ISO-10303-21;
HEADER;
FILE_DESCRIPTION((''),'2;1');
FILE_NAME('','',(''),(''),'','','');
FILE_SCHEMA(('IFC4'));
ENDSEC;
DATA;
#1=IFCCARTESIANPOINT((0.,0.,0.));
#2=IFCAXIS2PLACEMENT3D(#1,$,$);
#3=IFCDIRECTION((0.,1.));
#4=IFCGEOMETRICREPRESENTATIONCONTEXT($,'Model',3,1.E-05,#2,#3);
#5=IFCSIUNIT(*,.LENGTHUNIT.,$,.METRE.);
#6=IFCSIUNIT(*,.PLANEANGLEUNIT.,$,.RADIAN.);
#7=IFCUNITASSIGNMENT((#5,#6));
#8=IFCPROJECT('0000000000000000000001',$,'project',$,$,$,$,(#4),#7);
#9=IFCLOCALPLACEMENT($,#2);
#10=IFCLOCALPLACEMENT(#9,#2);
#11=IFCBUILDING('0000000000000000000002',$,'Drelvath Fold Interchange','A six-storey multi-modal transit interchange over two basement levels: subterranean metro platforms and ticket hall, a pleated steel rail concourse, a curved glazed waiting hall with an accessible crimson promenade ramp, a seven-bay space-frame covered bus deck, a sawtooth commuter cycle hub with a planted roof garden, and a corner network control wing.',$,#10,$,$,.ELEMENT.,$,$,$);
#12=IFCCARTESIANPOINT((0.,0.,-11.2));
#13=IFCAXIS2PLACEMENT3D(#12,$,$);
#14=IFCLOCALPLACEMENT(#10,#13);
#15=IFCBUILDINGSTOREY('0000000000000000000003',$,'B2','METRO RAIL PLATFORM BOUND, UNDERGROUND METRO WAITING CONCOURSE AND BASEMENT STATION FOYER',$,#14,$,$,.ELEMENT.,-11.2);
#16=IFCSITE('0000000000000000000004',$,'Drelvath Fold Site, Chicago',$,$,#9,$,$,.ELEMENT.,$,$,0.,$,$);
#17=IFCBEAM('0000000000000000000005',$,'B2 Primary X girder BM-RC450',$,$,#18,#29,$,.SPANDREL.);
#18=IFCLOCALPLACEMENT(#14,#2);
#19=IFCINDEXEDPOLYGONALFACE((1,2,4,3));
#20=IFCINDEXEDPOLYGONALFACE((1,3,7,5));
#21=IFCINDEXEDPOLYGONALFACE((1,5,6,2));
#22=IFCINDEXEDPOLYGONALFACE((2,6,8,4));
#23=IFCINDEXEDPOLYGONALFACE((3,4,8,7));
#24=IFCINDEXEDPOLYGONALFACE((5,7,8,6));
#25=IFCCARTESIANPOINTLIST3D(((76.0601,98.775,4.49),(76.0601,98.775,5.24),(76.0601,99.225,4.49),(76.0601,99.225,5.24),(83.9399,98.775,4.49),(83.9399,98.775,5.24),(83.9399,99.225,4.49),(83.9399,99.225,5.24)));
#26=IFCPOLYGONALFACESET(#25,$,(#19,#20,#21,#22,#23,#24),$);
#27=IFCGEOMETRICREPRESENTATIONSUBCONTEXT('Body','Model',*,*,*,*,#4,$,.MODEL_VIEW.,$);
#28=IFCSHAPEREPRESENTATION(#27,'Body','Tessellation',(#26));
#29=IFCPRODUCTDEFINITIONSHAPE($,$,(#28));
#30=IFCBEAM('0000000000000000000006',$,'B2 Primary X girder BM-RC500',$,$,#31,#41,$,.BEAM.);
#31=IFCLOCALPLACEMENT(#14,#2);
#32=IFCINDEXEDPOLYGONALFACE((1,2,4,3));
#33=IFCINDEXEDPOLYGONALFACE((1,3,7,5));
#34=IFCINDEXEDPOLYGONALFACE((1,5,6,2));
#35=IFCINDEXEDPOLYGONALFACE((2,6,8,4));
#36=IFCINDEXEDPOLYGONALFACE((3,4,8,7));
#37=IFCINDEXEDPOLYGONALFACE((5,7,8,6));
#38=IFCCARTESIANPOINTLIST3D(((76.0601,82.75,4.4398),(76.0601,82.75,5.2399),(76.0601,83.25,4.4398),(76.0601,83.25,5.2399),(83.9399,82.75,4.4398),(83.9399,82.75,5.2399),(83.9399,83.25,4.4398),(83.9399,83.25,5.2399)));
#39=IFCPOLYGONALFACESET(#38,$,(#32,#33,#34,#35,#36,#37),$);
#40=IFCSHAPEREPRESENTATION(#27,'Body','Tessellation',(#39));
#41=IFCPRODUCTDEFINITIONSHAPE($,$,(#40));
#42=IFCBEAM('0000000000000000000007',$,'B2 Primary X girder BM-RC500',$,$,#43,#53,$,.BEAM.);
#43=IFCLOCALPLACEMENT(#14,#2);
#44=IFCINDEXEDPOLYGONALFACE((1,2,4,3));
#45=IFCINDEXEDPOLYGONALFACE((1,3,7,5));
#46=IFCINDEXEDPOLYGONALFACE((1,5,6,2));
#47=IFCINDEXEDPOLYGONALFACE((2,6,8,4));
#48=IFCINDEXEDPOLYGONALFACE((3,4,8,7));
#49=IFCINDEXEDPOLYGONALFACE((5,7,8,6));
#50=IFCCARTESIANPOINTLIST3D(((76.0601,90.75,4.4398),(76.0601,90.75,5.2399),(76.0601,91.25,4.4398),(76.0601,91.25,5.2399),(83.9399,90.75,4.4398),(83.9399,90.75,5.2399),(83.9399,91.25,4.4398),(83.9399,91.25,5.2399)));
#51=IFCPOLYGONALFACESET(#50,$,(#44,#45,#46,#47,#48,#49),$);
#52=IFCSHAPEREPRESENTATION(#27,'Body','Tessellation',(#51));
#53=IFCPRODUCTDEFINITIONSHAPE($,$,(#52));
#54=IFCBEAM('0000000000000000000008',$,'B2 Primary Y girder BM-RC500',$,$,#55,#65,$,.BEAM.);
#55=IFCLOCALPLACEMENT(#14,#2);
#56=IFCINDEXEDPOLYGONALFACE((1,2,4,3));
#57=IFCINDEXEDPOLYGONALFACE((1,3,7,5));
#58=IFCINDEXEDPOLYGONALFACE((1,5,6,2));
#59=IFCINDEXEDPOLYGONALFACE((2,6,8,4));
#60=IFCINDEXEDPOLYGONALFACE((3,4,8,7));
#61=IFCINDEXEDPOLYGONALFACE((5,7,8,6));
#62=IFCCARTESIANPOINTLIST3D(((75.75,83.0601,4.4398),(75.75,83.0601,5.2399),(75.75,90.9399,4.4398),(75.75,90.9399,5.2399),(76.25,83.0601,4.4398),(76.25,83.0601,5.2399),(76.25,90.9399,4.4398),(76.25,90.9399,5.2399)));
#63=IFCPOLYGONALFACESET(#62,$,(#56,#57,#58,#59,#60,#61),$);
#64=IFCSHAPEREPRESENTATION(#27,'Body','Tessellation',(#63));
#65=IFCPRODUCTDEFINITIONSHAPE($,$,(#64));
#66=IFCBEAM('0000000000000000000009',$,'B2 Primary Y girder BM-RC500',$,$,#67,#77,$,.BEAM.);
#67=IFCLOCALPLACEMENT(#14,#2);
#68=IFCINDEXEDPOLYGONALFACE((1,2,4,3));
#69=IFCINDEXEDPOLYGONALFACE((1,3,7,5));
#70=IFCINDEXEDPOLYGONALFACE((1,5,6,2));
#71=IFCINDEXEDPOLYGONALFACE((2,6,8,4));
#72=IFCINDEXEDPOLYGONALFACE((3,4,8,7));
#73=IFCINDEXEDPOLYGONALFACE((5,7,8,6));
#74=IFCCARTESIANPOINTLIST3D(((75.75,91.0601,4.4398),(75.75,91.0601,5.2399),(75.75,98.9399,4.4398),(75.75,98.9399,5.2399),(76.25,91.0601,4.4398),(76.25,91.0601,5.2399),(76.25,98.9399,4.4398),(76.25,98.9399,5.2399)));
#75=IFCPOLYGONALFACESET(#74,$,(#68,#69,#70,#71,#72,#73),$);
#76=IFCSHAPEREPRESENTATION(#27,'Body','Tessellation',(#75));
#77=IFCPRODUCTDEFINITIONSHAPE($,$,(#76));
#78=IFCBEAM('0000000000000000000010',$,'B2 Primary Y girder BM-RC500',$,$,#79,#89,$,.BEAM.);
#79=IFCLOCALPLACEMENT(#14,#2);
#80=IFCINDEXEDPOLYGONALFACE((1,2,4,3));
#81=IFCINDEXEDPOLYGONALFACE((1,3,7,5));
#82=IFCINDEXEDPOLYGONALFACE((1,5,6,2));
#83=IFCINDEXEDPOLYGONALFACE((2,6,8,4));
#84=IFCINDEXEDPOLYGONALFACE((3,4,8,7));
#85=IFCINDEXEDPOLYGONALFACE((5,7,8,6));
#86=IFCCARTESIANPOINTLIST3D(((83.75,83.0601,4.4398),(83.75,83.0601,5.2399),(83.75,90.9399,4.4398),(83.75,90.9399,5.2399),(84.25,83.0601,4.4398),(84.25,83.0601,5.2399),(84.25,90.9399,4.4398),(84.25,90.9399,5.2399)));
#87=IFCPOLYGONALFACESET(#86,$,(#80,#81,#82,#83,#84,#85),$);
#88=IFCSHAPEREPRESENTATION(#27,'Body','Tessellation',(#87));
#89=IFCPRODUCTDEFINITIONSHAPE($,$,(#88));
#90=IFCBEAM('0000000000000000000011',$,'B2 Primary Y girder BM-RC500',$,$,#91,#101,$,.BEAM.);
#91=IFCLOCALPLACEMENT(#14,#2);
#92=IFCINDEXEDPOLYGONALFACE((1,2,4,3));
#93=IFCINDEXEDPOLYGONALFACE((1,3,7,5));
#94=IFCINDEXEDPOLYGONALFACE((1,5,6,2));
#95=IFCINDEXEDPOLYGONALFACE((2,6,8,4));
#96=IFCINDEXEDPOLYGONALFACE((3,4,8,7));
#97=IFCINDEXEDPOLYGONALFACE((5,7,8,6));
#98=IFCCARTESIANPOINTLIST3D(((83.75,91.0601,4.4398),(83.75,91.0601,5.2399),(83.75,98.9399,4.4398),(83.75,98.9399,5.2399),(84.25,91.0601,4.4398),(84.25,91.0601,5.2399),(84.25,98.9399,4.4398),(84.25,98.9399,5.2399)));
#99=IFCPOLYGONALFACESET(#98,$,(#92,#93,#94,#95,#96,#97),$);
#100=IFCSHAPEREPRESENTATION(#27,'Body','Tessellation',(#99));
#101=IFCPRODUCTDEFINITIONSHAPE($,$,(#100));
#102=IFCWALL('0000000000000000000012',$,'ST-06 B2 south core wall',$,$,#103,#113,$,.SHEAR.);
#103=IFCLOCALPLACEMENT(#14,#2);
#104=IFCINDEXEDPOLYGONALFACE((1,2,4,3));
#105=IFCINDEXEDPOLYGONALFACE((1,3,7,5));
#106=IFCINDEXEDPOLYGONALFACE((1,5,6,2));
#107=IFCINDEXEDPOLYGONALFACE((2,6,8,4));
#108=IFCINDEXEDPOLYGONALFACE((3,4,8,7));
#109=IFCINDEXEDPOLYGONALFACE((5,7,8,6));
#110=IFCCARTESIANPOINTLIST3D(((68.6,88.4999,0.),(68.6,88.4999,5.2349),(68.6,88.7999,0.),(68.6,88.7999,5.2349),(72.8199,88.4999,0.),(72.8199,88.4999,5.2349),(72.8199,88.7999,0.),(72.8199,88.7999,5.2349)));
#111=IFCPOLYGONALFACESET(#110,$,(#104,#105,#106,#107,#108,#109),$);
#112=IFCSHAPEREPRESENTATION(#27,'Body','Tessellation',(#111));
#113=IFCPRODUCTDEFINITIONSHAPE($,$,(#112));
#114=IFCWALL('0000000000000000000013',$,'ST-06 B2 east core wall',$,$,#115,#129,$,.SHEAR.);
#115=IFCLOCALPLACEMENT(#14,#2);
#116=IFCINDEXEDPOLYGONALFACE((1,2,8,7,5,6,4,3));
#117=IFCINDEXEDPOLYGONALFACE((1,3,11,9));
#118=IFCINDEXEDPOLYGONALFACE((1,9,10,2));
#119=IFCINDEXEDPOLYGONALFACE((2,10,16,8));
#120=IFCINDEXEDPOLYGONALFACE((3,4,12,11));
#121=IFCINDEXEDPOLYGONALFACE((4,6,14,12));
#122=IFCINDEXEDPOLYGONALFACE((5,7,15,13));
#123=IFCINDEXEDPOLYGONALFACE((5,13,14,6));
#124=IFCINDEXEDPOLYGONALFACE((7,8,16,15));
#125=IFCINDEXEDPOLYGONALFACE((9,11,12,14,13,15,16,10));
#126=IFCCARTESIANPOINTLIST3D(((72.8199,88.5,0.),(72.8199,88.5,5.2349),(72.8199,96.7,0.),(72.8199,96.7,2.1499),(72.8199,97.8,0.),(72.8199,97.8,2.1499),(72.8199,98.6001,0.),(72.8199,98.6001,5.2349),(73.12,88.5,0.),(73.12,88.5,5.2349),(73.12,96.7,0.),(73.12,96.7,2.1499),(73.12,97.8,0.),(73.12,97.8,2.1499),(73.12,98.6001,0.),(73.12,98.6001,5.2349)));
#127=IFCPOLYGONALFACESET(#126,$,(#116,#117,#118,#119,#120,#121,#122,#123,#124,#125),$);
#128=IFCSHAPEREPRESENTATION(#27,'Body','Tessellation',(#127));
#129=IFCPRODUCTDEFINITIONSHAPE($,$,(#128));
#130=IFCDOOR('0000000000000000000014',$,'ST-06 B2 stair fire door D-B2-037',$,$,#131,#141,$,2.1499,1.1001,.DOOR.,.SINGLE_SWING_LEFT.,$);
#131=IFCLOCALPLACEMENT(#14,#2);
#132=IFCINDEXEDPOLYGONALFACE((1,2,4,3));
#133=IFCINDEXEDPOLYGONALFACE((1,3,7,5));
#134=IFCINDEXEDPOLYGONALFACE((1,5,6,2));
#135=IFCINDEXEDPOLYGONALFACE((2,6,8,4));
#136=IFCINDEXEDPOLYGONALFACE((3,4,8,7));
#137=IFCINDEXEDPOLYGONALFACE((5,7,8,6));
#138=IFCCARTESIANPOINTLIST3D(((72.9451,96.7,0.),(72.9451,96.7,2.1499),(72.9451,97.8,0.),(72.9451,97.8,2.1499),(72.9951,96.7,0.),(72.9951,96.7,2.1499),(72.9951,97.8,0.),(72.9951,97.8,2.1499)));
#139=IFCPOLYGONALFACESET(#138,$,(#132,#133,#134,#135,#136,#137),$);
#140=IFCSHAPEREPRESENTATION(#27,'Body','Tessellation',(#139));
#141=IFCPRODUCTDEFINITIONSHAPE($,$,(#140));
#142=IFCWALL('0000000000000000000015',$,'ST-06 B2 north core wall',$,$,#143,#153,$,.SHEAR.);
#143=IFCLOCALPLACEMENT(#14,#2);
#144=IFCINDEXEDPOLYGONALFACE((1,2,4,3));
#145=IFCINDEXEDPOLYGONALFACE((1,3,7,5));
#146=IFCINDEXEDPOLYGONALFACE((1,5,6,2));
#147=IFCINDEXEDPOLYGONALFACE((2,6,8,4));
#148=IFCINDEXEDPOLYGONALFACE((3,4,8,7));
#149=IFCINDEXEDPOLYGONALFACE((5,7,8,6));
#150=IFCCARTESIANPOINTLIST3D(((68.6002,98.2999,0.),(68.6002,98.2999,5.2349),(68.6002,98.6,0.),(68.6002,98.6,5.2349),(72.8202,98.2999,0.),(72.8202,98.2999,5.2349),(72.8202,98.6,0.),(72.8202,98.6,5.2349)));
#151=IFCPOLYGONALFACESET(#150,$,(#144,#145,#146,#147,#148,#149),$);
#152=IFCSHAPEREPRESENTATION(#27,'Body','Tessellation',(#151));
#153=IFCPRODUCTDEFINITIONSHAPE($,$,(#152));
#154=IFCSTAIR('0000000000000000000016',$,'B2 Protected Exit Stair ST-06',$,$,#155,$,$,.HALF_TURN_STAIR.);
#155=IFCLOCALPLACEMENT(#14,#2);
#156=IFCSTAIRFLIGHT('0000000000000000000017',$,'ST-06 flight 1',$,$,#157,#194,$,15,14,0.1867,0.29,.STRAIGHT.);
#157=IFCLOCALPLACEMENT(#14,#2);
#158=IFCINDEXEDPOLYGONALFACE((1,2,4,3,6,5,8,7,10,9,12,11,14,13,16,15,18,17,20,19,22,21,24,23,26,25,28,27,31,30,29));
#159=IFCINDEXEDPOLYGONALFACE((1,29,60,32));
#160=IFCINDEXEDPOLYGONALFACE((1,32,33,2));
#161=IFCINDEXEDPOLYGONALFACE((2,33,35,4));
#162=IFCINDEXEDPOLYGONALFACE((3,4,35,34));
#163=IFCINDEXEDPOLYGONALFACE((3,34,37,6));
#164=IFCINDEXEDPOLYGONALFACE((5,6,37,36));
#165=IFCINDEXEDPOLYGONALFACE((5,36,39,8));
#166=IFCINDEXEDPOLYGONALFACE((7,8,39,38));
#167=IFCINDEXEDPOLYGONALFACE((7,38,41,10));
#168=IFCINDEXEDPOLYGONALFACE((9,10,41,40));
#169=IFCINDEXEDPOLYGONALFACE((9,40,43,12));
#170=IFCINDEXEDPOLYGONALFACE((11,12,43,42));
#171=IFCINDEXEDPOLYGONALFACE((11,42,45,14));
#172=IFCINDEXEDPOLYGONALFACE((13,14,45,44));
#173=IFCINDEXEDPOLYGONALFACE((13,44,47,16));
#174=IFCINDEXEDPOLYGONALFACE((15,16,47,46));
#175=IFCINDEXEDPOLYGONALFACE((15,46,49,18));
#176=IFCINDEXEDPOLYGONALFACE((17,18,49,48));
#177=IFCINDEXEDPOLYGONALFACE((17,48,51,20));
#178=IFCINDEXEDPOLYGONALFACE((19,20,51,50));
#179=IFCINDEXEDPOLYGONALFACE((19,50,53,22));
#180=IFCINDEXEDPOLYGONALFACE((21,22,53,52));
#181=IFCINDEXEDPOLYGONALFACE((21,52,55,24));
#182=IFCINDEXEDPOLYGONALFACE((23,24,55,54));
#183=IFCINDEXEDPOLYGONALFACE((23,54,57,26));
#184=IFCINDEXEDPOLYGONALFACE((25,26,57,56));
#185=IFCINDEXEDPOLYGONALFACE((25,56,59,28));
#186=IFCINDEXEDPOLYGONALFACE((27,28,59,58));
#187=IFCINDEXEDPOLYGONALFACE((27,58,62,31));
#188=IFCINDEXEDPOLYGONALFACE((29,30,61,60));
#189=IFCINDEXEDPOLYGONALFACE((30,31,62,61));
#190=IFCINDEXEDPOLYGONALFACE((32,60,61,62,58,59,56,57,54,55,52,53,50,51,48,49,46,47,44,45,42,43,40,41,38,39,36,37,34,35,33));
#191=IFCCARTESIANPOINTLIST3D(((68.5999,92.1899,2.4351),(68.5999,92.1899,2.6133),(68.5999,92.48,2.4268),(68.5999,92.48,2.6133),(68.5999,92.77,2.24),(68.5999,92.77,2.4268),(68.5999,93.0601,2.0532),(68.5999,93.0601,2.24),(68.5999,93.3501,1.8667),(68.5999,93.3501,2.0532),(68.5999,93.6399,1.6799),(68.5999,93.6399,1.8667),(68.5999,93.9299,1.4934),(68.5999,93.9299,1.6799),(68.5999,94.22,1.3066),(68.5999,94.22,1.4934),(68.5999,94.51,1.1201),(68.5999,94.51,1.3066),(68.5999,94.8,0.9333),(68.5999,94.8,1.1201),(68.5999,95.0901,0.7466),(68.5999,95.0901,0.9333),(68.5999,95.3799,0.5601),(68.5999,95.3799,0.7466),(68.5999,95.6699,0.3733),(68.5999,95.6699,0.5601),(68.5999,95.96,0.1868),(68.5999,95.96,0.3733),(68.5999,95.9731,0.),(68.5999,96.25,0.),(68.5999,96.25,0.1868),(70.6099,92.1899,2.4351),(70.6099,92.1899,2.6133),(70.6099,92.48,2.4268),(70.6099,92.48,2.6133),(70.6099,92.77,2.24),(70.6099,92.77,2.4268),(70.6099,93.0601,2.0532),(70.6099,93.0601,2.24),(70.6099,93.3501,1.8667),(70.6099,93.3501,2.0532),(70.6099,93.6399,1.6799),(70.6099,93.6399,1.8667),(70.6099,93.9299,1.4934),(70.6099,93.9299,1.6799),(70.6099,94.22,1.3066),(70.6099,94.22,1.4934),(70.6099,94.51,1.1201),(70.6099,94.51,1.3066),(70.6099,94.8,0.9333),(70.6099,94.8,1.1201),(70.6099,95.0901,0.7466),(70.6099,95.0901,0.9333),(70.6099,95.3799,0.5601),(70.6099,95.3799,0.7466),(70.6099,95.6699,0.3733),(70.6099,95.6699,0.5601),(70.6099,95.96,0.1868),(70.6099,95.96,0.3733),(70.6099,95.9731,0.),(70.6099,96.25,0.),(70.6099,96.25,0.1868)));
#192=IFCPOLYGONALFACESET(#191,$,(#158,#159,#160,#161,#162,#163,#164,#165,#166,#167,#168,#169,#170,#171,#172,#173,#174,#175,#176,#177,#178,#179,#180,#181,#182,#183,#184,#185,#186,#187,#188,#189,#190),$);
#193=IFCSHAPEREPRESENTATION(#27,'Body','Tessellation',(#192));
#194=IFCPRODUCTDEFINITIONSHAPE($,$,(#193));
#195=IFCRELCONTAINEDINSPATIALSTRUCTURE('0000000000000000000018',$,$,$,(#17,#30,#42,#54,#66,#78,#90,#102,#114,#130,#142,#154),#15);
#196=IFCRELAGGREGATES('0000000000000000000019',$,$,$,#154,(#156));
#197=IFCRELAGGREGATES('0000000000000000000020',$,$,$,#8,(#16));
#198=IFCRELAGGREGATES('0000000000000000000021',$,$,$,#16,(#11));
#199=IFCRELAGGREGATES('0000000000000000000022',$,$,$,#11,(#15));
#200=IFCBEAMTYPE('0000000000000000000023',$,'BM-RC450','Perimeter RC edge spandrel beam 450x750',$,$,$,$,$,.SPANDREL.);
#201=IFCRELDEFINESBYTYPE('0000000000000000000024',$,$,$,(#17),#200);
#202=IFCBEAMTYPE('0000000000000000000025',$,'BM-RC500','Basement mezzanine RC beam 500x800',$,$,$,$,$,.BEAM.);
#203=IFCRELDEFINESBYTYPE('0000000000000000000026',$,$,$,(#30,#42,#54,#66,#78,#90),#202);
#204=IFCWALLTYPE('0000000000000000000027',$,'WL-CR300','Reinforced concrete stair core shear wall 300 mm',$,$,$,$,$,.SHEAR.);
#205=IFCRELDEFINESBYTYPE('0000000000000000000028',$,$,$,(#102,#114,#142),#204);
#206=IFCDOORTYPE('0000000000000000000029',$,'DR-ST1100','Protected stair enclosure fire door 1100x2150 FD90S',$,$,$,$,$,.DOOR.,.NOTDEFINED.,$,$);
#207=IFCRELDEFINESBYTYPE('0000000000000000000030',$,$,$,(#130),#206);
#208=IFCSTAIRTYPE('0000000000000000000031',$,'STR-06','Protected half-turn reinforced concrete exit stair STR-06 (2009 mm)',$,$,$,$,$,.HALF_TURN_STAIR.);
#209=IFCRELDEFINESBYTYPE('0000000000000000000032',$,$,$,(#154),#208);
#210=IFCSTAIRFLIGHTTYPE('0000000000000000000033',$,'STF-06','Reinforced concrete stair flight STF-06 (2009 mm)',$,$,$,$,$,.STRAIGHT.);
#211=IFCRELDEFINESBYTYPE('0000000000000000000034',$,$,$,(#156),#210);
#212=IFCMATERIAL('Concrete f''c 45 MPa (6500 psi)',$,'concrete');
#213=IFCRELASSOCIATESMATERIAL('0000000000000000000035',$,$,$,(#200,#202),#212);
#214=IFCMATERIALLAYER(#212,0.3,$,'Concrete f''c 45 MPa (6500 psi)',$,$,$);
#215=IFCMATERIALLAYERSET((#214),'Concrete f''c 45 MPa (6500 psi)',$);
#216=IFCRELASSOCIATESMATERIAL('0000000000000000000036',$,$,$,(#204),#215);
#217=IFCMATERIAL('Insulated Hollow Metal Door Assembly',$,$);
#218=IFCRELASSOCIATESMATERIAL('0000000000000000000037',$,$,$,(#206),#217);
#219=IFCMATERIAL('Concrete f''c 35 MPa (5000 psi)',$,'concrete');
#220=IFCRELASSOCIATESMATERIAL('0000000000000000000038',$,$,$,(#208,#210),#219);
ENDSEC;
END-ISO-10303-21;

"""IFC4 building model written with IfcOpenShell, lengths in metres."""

from ifc_helpers import new_model, si_unit, direction, frame, frame_2d, origin, origin_2d, place, context, subcontext, project, spatial, polyline, rectangle, outline, extrude, material, layer, layer_set, material_profile, profile_set, type_object, element, fill, aggregate, save


model = new_model("IFC4")

# Units and contexts
model_context = context("Model", 3, precision=1e-05, world=origin(), true_north=direction((0.0, 1.0)))
body_context = subcontext(model_context, "Body", "Model", "MODEL_VIEW")
ifc_project = project(units=[si_unit("LENGTHUNIT", "METRE"), si_unit("PLANEANGLEUNIT", "RADIAN")], contexts=[model_context])

# Site, building, storey
site_placement = place(None, origin())
site = spatial("IfcSite", under=ifc_project, at=site_placement, Name="Drelvath Fold Site, Chicago", CompositionType="ELEMENT", RefElevation=0.0)
building_placement = place(site_placement, origin())
building = spatial("IfcBuilding", under=site, at=building_placement, Name="Drelvath Fold Interchange", Description="A six-storey multi-modal transit interchange over two basement levels: subterranean metro platforms and ticket hall, a pleated steel rail concourse, a curved glazed waiting hall with an accessible crimson promenade ramp, a seven-bay space-frame covered bus deck, a sawtooth commuter cycle hub with a planted roof garden, and a corner network control wing.", CompositionType="ELEMENT")
storey_placement = place(building_placement, frame((0.0, 0.0, -11.2)))
storey = spatial("IfcBuildingStorey", under=building, at=storey_placement, Name="B2", Description="METRO RAIL PLATFORM BOUND, UNDERGROUND METRO WAITING CONCOURSE AND BASEMENT STATION FOYER", CompositionType="ELEMENT", Elevation=-11.2)

# Beams
ifc_material_1 = material(Name="Concrete f'c 45 MPa (6500 psi)", Category="concrete")
ifc_material_profile_1 = material_profile(ifc_material_1, rectangle(XDim=0.45, YDim=0.75, at=origin_2d()), Name="RC 450x750")
ifc_profile_set_1 = profile_set([ifc_material_profile_1], Name="Concrete f'c 45 MPa (6500 psi)")
beam_type_1 = type_object("IfcBeamType", Name="BM-RC450", Description="Perimeter RC edge spandrel beam 450x750", PredefinedType="SPANDREL", material=ifc_profile_set_1)
beam_placement = place(storey_placement, frame((76.0601, 99.0, 4.865), z_axis=(1.0, 0.0, 0.0), x_axis=(0.0, 1.0, 0.0)))
element("IfcBeam", 1, at=beam_placement, inside=storey, type_object=beam_type_1, Name="B2 Primary X girder BM-RC450", PredefinedType="SPANDREL", context=body_context, shape_type="SweptSolid", body=[
    extrude(rectangle(XDim=0.45, YDim=0.75, at=origin_2d()), origin(), (0.0, 0.0, 1.0), 7.8799),
])
ifc_material_profile_2 = material_profile(ifc_material_1, rectangle(XDim=0.5, YDim=0.8, at=origin_2d()), Name="RC 500x800")
ifc_profile_set_2 = profile_set([ifc_material_profile_2], Name="Concrete f'c 45 MPa (6500 psi)")
beam_type_2 = type_object("IfcBeamType", Name="BM-RC500", Description="Basement mezzanine RC beam 500x800", PredefinedType="BEAM", material=ifc_profile_set_2)
for number, where, z_axis, x_axis, name in (
    (2, (76.0601, 83.0, 4.8398), (1.0, 0.0, 0.0), (0.0, 1.0, 0.0), "B2 Primary X girder BM-RC500"),
    (3, (76.0601, 91.0, 4.8398), (1.0, 0.0, 0.0), (0.0, 1.0, 0.0), "B2 Primary X girder BM-RC500"),
    (4, (76.0, 83.0601, 4.8398), (0.0, 1.0, 0.0), (-1.0, 0.0, 0.0), "B2 Primary Y girder BM-RC500"),
    (5, (76.0, 91.0601, 4.8398), (0.0, 1.0, 0.0), (-1.0, 0.0, 0.0), "B2 Primary Y girder BM-RC500"),
    (6, (84.0, 83.0601, 4.8398), (0.0, 1.0, 0.0), (-1.0, 0.0, 0.0), "B2 Primary Y girder BM-RC500"),
    (7, (84.0, 91.0601, 4.8398), (0.0, 1.0, 0.0), (-1.0, 0.0, 0.0), "B2 Primary Y girder BM-RC500"),
):
    element("IfcBeam", number, at=place(storey_placement, frame(where, z_axis=z_axis, x_axis=x_axis)), inside=storey, type_object=beam_type_2, Name=name, PredefinedType="BEAM", context=body_context, shape_type="SweptSolid", body=[
        extrude(rectangle(XDim=0.5, YDim=0.8, at=origin_2d()), origin(), (0.0, 0.0, 1.0), 7.8799),
    ])

# Wall
ifc_layer = layer(ifc_material_1, 0.3, Name="Concrete f'c 45 MPa (6500 psi)")
ifc_layer_set = layer_set([ifc_layer], Name="Concrete f'c 45 MPa (6500 psi)")
wall_type = type_object("IfcWallType", Name="WL-CR300", Description="Reinforced concrete stair core shear wall 300 mm", PredefinedType="SHEAR", material=ifc_layer_set)
wall_1_placement = place(storey_placement, frame((68.6001, 88.6499, 0.0), z_axis=(0.0, 0.0, 1.0), x_axis=(1.0, 0.0, 0.0)))
element("IfcWall", 8, at=wall_1_placement, inside=storey, type_object=wall_type, Name="ST-06 B2 south core wall", PredefinedType="SHEAR", context=body_context, shape_type="SweptSolid", body=[
    extrude(rectangle(XDim=4.22, YDim=0.3, at=frame_2d((2.1099, 0.0))), origin(), (0.0, 0.0, 1.0), 5.2349),
])

# Wall, opening, door
wall_2_placement = place(storey_placement, frame((72.97, 88.5, 0.0), z_axis=(0.0, 0.0, 1.0), x_axis=(0.0, 1.0, 0.0)))
wall_2 = element("IfcWall", 9, at=wall_2_placement, inside=storey, type_object=wall_type, Name="ST-06 B2 east core wall", PredefinedType="SHEAR", context=body_context, shape_type="SweptSolid", body=[
    extrude(rectangle(XDim=10.1001, YDim=0.3, at=frame_2d((5.05, 0.0))), origin(), (0.0, 0.0, 1.0), 5.2349),
])
opening_placement = place(wall_2_placement, frame((8.2, 0.0, 0.0)))
opening = element("IfcOpeningElement", 10, at=opening_placement, cuts=wall_2, PredefinedType="OPENING", context=body_context, shape_type="SweptSolid", body=[
    extrude(rectangle(XDim=1.1001, YDim=2.1499, at=frame_2d((0.55, 1.075))), frame((0.0, 0.1599, 0.0), z_axis=(0.0, -1.0, 0.0), x_axis=(1.0, 0.0, 0.0)), (0.0, 0.0, 1.0), 0.3201),
])
ifc_material_2 = material(Name="Insulated Hollow Metal Door Assembly")
door_type = type_object("IfcDoorType", Name="DR-ST1100", Description="Protected stair enclosure fire door 1100x2150 FD90S", OperationType="NOTDEFINED", PredefinedType="DOOR", material=ifc_material_2)
door_placement = place(opening_placement, origin())
door = element("IfcDoor", 11, at=door_placement, inside=storey, type_object=door_type, Name="ST-06 B2 stair fire door D-B2-037", OperationType="SINGLE_SWING_LEFT", OverallHeight=2.1499, OverallWidth=1.1001, PredefinedType="DOOR", context=body_context, shape_type="SweptSolid", body=[
    extrude(rectangle(XDim=1.1001, YDim=2.1499, at=frame_2d((0.55, 1.075))), frame((0.0, 0.0249, 0.0), z_axis=(0.0, -1.0, 0.0), x_axis=(1.0, 0.0, 0.0)), (0.0, 0.0, 1.0), 0.05),
])
fill(opening, door)

# Wall
wall_3_placement = place(storey_placement, frame((72.8201, 98.45, 0.0), z_axis=(0.0, 0.0, 1.0), x_axis=(-1.0, 0.0, 0.0)))
element("IfcWall", 12, at=wall_3_placement, inside=storey, type_object=wall_type, Name="ST-06 B2 north core wall", PredefinedType="SHEAR", context=body_context, shape_type="SweptSolid", body=[
    extrude(rectangle(XDim=4.22, YDim=0.3, at=frame_2d((2.1099, 0.0))), origin(), (0.0, 0.0, 1.0), 5.2349),
])

# Stair, stair flight
ifc_material_3 = material(Name="Concrete f'c 35 MPa (5000 psi)", Category="concrete")
stair_type = type_object("IfcStairType", Name="STR-06", Description="Protected half-turn reinforced concrete exit stair STR-06 (2009 mm)", PredefinedType="HALF_TURN_STAIR", material=ifc_material_3)
stair_placement = place(storey_placement, origin())
stair = element("IfcStair", 13, at=stair_placement, inside=storey, type_object=stair_type, Name="B2 Protected Exit Stair ST-06", PredefinedType="HALF_TURN_STAIR")
stair_flight_type = type_object("IfcStairFlightType", Name="STF-06", Description="Reinforced concrete stair flight STF-06 (2009 mm)", PredefinedType="STRAIGHT", material=ifc_material_3)
stair_flight_1_placement = place(storey_placement, frame((69.605, 96.25, 0.0), z_axis=(0.0, 0.0, 1.0), x_axis=(0.0, -1.0, 0.0)))
stair_flight_1 = element("IfcStairFlight", 14, at=stair_flight_1_placement, type_object=stair_flight_type, Name="ST-06 flight 1", NumberOfRisers=15, NumberOfTreads=14, PredefinedType="STRAIGHT", RiserHeight=0.1867, TreadLength=0.29, context=body_context, shape_type="SweptSolid", body=[
    extrude(outline(polyline([(0.0, 0.0), (0.0, 0.1868), (0.29, 0.1868), (0.29, 0.3733), (0.5801, 0.3733), (0.5801, 0.5601), (0.8701, 0.5601), (0.8701, 0.7466), (1.1599, 0.7466), (1.1599, 0.9333), (1.45, 0.9333), (1.45, 1.1201), (1.74, 1.1201), (1.74, 1.3066), (2.03, 1.3066), (2.03, 1.4934), (2.3201, 1.4934), (2.3201, 1.6799), (2.6101, 1.6799), (2.6101, 1.8667), (2.8999, 1.8667), (2.8999, 2.0532), (3.1899, 2.0532), (3.1899, 2.24), (3.48, 2.24), (3.48, 2.4268), (3.77, 2.4268), (3.77, 2.6133), (4.0601, 2.6133), (4.0601, 2.8), (4.0601, 2.4351), (0.2769, 0.0), (0.0, 0.0)])), frame((0.0, 1.0049, 0.0), z_axis=(0.0, -1.0, 0.0), x_axis=(1.0, 0.0, 0.0)), (0.0, 0.0, 1.0), 2.01),
])
aggregate(stair, [stair_flight_1])

save(model, "model.ifc")
